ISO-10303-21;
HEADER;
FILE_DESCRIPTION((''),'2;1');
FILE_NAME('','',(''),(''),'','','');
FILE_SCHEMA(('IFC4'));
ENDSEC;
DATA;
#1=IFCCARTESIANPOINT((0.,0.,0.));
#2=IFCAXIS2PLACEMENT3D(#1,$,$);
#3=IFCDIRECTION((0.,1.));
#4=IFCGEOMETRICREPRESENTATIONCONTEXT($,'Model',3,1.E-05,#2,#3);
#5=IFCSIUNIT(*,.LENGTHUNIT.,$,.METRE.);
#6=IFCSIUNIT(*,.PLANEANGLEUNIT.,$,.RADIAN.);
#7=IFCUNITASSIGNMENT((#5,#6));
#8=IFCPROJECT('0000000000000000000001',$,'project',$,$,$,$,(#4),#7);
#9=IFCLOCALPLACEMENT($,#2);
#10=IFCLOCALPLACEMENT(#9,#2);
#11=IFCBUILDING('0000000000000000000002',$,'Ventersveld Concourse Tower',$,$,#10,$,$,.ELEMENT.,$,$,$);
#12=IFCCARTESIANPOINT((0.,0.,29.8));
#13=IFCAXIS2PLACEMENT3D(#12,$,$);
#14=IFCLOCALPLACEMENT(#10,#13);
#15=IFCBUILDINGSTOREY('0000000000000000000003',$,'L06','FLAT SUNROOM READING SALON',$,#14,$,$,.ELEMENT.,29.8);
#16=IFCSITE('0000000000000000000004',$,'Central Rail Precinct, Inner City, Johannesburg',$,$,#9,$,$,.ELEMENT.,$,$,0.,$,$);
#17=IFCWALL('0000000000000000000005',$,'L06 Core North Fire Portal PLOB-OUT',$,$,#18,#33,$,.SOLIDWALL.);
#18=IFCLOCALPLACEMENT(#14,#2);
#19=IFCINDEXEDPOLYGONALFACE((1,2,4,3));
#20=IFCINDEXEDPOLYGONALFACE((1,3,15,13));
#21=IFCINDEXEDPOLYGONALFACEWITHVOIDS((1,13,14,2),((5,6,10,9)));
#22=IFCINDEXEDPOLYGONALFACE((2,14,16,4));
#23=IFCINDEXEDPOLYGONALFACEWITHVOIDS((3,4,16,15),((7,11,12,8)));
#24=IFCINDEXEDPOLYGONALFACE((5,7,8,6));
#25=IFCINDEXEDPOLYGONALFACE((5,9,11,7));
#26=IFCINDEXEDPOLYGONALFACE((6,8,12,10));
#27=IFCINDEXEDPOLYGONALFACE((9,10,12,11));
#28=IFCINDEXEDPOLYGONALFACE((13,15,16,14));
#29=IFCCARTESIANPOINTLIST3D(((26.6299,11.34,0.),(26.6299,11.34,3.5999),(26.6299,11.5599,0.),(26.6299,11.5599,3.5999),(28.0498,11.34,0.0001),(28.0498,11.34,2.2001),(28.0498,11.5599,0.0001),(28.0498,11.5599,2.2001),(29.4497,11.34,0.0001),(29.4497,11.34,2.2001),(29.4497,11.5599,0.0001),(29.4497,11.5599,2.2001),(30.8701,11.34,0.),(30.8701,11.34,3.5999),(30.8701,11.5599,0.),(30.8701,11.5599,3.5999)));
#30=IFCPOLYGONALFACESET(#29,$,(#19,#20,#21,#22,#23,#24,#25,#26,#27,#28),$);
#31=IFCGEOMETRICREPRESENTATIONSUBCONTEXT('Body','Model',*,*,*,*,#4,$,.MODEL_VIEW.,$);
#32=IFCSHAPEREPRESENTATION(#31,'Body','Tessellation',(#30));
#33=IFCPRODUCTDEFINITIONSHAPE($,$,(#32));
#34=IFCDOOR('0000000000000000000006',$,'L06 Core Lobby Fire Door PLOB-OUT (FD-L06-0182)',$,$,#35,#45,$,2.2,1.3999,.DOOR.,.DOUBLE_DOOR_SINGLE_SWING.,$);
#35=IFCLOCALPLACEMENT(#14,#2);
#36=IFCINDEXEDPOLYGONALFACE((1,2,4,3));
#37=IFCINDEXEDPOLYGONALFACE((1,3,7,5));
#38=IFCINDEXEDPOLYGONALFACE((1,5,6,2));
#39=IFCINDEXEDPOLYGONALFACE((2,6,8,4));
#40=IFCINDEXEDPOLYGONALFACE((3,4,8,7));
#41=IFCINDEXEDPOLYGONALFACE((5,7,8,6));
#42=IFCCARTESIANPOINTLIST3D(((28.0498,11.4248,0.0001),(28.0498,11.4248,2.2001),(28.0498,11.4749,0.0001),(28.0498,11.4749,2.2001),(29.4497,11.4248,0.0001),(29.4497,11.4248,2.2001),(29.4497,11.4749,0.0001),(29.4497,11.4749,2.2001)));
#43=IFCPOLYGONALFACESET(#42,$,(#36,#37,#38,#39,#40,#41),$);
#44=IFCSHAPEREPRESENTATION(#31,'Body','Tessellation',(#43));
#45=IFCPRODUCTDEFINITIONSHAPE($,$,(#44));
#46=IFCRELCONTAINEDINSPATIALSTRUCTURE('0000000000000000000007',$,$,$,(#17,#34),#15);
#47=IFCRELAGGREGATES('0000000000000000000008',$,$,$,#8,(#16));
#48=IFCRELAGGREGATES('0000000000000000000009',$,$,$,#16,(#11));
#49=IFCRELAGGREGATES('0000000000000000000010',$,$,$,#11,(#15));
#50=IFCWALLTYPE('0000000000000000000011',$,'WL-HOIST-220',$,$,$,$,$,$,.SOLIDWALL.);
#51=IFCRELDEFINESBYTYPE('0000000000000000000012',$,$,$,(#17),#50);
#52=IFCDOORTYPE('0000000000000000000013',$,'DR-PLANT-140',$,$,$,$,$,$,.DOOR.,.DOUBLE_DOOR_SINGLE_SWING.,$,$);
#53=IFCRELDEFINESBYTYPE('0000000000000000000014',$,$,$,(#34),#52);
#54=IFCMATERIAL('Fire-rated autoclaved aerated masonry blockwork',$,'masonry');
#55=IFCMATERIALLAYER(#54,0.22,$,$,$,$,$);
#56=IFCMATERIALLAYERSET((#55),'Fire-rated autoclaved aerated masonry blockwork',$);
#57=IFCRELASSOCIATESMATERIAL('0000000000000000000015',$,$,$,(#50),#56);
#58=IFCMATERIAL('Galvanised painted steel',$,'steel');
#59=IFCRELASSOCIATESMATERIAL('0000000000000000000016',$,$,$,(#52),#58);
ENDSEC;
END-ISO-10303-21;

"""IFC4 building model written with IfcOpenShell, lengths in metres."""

from ifc_helpers import new_model, si_unit, direction, frame, frame_2d, origin, place, context, subcontext, project, spatial, rectangle, extrude, material, layer, layer_set, type_object, element, fill, save


model = new_model("IFC4")

# Units and contexts
model_context = context("Model", 3, precision=1e-05, world=origin(), true_north=direction((0.0, 1.0)))
body_context = subcontext(model_context, "Body", "Model", "MODEL_VIEW")
ifc_project = project(units=[si_unit("LENGTHUNIT", "METRE"), si_unit("PLANEANGLEUNIT", "RADIAN")], contexts=[model_context])

# Site, building, storey
site_placement = place(None, origin())
site = spatial("IfcSite", under=ifc_project, at=site_placement, Name="Central Rail Precinct, Inner City, Johannesburg", CompositionType="ELEMENT", RefElevation=0.0)
building_placement = place(site_placement, origin())
building = spatial("IfcBuilding", under=site, at=building_placement, Name="Ventersveld Concourse Tower", CompositionType="ELEMENT")
storey_placement = place(building_placement, frame((0.0, 0.0, 29.8)))
storey = spatial("IfcBuildingStorey", under=building, at=storey_placement, Name="L06", Description="FLAT SUNROOM READING SALON", CompositionType="ELEMENT", Elevation=29.8)

# Shared definitions
ifc_material_1 = material(Name="Fire-rated autoclaved aerated masonry blockwork", Category="masonry")
ifc_layer_1 = layer(ifc_material_1, 0.22)
ifc_layer_set_1 = layer_set([ifc_layer_1], Name="Fire-rated autoclaved aerated masonry blockwork")
wall_type_1 = type_object("IfcWallType", Name="WL-HOIST-220", PredefinedType="SOLIDWALL", material=ifc_layer_set_1)

# Wall, opening, door
ifc_material_2 = material(Name="Galvanised painted steel", Category="steel")
wall_1_placement = place(storey_placement, frame((26.6299, 11.45, 0.0), z_axis=(0.0, 0.0, 1.0), x_axis=(1.0, 0.0, 0.0)))
wall_1 = element("IfcWall", 1, at=wall_1_placement, inside=storey, type_object=wall_type_1, Name="L06 Core North Fire Portal PLOB-OUT", PredefinedType="SOLIDWALL", context=body_context, shape_type="SweptSolid", body=[
    extrude(rectangle(XDim=4.2402, YDim=0.22, at=frame_2d((2.1201, 0.0))), origin(), (0.0, 0.0, 1.0), 3.5999),
])
opening_1_placement = place(wall_1_placement, frame((1.4199, 0.0, 0.0)))
opening_1 = element("IfcOpeningElement", 2, at=opening_1_placement, cuts=wall_1, PredefinedType="OPENING", context=body_context, shape_type="SweptSolid", body=[
    extrude(rectangle(XDim=1.3999, YDim=2.2, at=frame_2d((0.7, 1.1001))), frame((0.0, 0.1201, 0.0), z_axis=(0.0, -1.0, 0.0), x_axis=(1.0, 0.0, 0.0)), (0.0, 0.0, 1.0), 0.24),
])
door_type_1 = type_object("IfcDoorType", Name="DR-PLANT-140", OperationType="DOUBLE_DOOR_SINGLE_SWING", PredefinedType="DOOR", material=ifc_material_2)
door_1_placement = place(opening_1_placement, origin())
door_1 = element("IfcDoor", 3, at=door_1_placement, inside=storey, type_object=door_type_1, Name="L06 Core Lobby Fire Door PLOB-OUT (FD-L06-0182)", OperationType="DOUBLE_DOOR_SINGLE_SWING", OverallHeight=2.2, OverallWidth=1.3999, PredefinedType="DOOR", context=body_context, shape_type="SweptSolid", body=[
    extrude(rectangle(XDim=1.3999, YDim=2.2, at=frame_2d((0.7, 1.1001))), frame((0.0, 0.0249, 0.0), z_axis=(0.0, -1.0, 0.0), x_axis=(1.0, 0.0, 0.0)), (0.0, 0.0, 1.0), 0.05),
])
fill(opening_1, door_1)

save(model, "model.ifc")
